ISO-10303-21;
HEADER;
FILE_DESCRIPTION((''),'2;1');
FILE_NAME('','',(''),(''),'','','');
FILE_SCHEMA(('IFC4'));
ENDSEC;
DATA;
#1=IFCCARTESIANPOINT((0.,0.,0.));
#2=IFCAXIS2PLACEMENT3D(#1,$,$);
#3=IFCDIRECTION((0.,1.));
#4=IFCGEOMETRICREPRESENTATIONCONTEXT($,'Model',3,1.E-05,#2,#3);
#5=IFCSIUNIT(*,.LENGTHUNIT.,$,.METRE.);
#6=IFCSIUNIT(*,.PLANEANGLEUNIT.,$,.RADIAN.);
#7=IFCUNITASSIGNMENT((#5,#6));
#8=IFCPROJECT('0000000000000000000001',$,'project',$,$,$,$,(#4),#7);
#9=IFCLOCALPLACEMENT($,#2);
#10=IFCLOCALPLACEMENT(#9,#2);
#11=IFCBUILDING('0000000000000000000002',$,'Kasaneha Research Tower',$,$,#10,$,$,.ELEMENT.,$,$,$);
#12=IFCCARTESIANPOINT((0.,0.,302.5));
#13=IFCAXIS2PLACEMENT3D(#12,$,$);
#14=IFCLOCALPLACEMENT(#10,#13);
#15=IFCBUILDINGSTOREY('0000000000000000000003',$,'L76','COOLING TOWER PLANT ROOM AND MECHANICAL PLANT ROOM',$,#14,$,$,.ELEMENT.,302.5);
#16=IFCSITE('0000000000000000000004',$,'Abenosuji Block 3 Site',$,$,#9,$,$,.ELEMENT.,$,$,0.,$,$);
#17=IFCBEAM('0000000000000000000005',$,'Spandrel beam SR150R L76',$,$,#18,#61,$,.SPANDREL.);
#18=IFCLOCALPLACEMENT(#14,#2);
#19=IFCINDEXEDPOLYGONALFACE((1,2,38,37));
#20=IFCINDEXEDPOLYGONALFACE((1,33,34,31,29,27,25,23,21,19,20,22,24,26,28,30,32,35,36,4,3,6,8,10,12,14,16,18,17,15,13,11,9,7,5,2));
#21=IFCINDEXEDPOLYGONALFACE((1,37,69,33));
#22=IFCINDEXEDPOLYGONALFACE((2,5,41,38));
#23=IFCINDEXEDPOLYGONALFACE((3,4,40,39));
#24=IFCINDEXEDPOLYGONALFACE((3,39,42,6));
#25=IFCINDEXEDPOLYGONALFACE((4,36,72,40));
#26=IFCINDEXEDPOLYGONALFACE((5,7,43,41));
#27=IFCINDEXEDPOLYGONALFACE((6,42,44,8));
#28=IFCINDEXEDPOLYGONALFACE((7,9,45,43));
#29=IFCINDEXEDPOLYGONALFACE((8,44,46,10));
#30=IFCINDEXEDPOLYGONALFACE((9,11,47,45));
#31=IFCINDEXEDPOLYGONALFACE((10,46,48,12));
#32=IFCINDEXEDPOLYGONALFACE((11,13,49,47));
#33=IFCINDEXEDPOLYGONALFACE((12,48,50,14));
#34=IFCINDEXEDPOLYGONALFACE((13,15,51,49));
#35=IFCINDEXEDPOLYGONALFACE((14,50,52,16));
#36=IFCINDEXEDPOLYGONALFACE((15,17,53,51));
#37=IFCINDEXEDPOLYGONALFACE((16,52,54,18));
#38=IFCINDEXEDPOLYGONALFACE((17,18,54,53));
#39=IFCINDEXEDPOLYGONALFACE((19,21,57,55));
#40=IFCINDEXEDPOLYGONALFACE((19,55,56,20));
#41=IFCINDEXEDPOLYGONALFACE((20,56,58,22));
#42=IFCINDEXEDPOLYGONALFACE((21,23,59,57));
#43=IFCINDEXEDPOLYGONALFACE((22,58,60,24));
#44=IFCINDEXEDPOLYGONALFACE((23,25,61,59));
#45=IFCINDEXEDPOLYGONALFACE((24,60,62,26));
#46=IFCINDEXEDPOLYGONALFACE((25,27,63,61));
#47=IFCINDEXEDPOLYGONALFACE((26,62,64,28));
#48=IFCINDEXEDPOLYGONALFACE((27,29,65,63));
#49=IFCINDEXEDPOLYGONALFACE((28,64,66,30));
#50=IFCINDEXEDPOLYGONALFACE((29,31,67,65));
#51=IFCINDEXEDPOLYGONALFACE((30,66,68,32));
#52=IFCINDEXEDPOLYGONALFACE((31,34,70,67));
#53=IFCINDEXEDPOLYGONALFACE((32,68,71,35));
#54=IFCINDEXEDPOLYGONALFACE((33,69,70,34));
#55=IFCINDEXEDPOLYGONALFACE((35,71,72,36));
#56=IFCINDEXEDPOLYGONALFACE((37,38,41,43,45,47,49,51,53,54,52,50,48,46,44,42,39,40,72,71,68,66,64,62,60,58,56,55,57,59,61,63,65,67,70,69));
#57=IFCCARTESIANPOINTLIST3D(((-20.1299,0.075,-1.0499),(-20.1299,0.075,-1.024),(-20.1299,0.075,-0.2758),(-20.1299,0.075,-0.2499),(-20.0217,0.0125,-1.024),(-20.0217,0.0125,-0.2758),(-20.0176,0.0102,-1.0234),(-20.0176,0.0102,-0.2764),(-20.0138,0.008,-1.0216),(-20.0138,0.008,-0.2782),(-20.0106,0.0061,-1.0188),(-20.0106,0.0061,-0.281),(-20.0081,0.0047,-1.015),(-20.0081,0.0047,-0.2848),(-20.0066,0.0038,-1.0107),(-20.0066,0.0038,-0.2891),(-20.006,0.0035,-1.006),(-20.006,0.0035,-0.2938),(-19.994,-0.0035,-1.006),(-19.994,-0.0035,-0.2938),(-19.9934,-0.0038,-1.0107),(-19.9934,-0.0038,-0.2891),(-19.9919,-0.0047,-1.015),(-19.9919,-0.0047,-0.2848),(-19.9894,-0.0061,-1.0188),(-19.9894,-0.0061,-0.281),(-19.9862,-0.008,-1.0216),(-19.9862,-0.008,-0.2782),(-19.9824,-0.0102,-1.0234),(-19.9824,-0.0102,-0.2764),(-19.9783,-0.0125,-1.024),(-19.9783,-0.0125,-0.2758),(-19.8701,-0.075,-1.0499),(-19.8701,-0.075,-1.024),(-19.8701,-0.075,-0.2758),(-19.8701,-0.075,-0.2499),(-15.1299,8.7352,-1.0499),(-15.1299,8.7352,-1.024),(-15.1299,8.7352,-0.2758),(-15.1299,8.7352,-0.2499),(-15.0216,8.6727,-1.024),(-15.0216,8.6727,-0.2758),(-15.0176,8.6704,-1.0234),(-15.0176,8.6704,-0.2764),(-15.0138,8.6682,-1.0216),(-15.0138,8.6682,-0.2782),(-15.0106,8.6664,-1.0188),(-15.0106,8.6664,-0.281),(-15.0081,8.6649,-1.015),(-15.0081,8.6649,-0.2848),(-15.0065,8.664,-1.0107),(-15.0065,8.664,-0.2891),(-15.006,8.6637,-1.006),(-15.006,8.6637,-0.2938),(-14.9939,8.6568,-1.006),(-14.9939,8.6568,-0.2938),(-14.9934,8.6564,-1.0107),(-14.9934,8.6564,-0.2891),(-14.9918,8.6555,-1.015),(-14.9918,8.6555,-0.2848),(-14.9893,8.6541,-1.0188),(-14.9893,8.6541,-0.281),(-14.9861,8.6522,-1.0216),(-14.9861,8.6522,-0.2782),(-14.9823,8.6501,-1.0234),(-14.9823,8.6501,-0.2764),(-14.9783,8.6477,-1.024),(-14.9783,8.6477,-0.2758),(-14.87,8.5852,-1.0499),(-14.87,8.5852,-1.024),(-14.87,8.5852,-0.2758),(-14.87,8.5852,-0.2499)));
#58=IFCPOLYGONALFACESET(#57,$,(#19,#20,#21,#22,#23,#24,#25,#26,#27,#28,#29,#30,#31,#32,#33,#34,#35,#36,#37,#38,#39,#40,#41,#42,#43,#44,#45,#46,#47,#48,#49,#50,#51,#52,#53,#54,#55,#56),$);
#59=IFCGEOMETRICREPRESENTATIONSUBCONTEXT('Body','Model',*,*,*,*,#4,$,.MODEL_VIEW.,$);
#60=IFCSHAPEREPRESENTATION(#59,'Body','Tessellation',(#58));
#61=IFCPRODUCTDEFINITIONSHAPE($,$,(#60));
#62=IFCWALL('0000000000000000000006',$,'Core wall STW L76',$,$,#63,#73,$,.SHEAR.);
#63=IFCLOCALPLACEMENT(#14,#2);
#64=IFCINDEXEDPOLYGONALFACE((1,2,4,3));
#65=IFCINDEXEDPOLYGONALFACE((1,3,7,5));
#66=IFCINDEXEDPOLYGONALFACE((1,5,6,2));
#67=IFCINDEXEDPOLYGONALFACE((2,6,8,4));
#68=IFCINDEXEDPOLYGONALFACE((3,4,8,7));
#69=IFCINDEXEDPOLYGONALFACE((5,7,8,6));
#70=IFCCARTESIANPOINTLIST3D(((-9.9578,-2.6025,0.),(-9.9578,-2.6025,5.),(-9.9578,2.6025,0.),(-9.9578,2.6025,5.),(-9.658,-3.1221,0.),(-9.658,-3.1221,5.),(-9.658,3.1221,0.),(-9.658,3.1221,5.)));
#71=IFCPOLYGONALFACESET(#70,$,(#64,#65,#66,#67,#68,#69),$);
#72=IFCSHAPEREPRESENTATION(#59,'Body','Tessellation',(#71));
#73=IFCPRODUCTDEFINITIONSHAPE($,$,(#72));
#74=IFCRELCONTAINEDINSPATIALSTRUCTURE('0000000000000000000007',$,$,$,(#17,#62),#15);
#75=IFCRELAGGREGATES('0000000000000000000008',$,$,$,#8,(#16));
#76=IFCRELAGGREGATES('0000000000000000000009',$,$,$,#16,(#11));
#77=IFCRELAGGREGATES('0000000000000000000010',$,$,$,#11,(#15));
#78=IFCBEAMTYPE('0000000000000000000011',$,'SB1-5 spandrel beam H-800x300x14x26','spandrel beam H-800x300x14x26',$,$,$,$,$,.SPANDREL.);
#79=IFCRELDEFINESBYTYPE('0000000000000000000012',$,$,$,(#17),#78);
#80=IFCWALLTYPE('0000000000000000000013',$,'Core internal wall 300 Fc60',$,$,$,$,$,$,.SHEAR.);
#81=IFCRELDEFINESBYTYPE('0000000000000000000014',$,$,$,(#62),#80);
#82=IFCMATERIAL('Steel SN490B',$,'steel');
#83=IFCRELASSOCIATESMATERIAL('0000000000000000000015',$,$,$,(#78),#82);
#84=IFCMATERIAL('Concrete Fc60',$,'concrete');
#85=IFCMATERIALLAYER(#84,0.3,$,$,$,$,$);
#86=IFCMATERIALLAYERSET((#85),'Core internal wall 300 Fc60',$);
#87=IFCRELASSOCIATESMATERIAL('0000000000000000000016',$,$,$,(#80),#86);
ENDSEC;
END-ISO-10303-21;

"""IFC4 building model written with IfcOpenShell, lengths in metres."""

from ifc_helpers import new_model, si_unit, direction, frame, origin, origin_2d, place, context, subcontext, project, spatial, polyline, i_section, outline, extrude, material, layer, layer_set, material_profile, profile_set, type_object, element, save


model = new_model("IFC4")

# Units and contexts
model_context = context("Model", 3, precision=1e-05, world=origin(), true_north=direction((0.0, 1.0)))
body_context = subcontext(model_context, "Body", "Model", "MODEL_VIEW")
ifc_project = project(units=[si_unit("LENGTHUNIT", "METRE"), si_unit("PLANEANGLEUNIT", "RADIAN")], contexts=[model_context])

# Site, building, storey
site_placement = place(None, origin())
site = spatial("IfcSite", under=ifc_project, at=site_placement, Name="Abenosuji Block 3 Site", CompositionType="ELEMENT", RefElevation=0.0)
building_placement = place(site_placement, origin())
building = spatial("IfcBuilding", under=site, at=building_placement, Name="Kasaneha Research Tower", CompositionType="ELEMENT")
storey_placement = place(building_placement, frame((0.0, 0.0, 302.5)))
storey = spatial("IfcBuildingStorey", under=building, at=storey_placement, Name="L76", Description="COOLING TOWER PLANT ROOM AND MECHANICAL PLANT ROOM", CompositionType="ELEMENT", Elevation=302.5)

# Beam
ifc_material_1 = material(Name="Steel SN490B", Category="steel")
ifc_material_profile_1 = material_profile(ifc_material_1, i_section(OverallWidth=0.3, OverallDepth=0.8, WebThickness=0.0139, FlangeThickness=0.0259, FilletRadius=0.0181, at=origin_2d()), Name="H-800x300x14x26")
ifc_profile_set_1 = profile_set([ifc_material_profile_1], Name="Steel SN490B")
beam_type_1 = type_object("IfcBeamType", Name="SB1-5 spandrel beam H-800x300x14x26", Description="spandrel beam H-800x300x14x26", PredefinedType="SPANDREL", material=ifc_profile_set_1)
beam_1_placement = place(storey_placement, frame((-20.0, 0.0, -0.6499), z_axis=(0.500004, 0.866023, 0.0), x_axis=(-0.866023, 0.500004, 0.0)))
element("IfcBeam", 1, at=beam_1_placement, inside=storey, type_object=beam_type_1, Name="Spandrel beam SR150R L76", PredefinedType="SPANDREL", context=body_context, shape_type="SweptSolid", body=[
    extrude(i_section(OverallWidth=0.3, OverallDepth=0.8, WebThickness=0.0139, FlangeThickness=0.0259, FilletRadius=0.0181, at=origin_2d()), origin(), (0.0, 0.0, 1.0), 10.0),
])

# Wall
ifc_material_2 = material(Name="Concrete Fc60", Category="concrete")
ifc_layer_1 = layer(ifc_material_2, 0.3)
ifc_layer_set_1 = layer_set([ifc_layer_1], Name="Core internal wall 300 Fc60")
wall_type_1 = type_object("IfcWallType", Name="Core internal wall 300 Fc60", PredefinedType="SHEAR", material=ifc_layer_set_1)
wall_1_placement = place(storey_placement, frame((-9.8079, -2.8623, 0.0), z_axis=(0.0, 0.0, 1.0), x_axis=(0.0, 1.0, 0.0)))
element("IfcWall", 2, at=wall_1_placement, inside=storey, type_object=wall_type_1, Name="Core wall STW L76", PredefinedType="SHEAR", context=body_context, shape_type="SweptSolid", body=[
    extrude(outline(polyline([(-0.2598, -0.1499), (5.9844, -0.1499), (5.4648, 0.1499), (0.2598, 0.1499), (-0.2598, -0.1499)])), origin(), (0.0, 0.0, 1.0), 5.0),
])

save(model, "model.ifc")
